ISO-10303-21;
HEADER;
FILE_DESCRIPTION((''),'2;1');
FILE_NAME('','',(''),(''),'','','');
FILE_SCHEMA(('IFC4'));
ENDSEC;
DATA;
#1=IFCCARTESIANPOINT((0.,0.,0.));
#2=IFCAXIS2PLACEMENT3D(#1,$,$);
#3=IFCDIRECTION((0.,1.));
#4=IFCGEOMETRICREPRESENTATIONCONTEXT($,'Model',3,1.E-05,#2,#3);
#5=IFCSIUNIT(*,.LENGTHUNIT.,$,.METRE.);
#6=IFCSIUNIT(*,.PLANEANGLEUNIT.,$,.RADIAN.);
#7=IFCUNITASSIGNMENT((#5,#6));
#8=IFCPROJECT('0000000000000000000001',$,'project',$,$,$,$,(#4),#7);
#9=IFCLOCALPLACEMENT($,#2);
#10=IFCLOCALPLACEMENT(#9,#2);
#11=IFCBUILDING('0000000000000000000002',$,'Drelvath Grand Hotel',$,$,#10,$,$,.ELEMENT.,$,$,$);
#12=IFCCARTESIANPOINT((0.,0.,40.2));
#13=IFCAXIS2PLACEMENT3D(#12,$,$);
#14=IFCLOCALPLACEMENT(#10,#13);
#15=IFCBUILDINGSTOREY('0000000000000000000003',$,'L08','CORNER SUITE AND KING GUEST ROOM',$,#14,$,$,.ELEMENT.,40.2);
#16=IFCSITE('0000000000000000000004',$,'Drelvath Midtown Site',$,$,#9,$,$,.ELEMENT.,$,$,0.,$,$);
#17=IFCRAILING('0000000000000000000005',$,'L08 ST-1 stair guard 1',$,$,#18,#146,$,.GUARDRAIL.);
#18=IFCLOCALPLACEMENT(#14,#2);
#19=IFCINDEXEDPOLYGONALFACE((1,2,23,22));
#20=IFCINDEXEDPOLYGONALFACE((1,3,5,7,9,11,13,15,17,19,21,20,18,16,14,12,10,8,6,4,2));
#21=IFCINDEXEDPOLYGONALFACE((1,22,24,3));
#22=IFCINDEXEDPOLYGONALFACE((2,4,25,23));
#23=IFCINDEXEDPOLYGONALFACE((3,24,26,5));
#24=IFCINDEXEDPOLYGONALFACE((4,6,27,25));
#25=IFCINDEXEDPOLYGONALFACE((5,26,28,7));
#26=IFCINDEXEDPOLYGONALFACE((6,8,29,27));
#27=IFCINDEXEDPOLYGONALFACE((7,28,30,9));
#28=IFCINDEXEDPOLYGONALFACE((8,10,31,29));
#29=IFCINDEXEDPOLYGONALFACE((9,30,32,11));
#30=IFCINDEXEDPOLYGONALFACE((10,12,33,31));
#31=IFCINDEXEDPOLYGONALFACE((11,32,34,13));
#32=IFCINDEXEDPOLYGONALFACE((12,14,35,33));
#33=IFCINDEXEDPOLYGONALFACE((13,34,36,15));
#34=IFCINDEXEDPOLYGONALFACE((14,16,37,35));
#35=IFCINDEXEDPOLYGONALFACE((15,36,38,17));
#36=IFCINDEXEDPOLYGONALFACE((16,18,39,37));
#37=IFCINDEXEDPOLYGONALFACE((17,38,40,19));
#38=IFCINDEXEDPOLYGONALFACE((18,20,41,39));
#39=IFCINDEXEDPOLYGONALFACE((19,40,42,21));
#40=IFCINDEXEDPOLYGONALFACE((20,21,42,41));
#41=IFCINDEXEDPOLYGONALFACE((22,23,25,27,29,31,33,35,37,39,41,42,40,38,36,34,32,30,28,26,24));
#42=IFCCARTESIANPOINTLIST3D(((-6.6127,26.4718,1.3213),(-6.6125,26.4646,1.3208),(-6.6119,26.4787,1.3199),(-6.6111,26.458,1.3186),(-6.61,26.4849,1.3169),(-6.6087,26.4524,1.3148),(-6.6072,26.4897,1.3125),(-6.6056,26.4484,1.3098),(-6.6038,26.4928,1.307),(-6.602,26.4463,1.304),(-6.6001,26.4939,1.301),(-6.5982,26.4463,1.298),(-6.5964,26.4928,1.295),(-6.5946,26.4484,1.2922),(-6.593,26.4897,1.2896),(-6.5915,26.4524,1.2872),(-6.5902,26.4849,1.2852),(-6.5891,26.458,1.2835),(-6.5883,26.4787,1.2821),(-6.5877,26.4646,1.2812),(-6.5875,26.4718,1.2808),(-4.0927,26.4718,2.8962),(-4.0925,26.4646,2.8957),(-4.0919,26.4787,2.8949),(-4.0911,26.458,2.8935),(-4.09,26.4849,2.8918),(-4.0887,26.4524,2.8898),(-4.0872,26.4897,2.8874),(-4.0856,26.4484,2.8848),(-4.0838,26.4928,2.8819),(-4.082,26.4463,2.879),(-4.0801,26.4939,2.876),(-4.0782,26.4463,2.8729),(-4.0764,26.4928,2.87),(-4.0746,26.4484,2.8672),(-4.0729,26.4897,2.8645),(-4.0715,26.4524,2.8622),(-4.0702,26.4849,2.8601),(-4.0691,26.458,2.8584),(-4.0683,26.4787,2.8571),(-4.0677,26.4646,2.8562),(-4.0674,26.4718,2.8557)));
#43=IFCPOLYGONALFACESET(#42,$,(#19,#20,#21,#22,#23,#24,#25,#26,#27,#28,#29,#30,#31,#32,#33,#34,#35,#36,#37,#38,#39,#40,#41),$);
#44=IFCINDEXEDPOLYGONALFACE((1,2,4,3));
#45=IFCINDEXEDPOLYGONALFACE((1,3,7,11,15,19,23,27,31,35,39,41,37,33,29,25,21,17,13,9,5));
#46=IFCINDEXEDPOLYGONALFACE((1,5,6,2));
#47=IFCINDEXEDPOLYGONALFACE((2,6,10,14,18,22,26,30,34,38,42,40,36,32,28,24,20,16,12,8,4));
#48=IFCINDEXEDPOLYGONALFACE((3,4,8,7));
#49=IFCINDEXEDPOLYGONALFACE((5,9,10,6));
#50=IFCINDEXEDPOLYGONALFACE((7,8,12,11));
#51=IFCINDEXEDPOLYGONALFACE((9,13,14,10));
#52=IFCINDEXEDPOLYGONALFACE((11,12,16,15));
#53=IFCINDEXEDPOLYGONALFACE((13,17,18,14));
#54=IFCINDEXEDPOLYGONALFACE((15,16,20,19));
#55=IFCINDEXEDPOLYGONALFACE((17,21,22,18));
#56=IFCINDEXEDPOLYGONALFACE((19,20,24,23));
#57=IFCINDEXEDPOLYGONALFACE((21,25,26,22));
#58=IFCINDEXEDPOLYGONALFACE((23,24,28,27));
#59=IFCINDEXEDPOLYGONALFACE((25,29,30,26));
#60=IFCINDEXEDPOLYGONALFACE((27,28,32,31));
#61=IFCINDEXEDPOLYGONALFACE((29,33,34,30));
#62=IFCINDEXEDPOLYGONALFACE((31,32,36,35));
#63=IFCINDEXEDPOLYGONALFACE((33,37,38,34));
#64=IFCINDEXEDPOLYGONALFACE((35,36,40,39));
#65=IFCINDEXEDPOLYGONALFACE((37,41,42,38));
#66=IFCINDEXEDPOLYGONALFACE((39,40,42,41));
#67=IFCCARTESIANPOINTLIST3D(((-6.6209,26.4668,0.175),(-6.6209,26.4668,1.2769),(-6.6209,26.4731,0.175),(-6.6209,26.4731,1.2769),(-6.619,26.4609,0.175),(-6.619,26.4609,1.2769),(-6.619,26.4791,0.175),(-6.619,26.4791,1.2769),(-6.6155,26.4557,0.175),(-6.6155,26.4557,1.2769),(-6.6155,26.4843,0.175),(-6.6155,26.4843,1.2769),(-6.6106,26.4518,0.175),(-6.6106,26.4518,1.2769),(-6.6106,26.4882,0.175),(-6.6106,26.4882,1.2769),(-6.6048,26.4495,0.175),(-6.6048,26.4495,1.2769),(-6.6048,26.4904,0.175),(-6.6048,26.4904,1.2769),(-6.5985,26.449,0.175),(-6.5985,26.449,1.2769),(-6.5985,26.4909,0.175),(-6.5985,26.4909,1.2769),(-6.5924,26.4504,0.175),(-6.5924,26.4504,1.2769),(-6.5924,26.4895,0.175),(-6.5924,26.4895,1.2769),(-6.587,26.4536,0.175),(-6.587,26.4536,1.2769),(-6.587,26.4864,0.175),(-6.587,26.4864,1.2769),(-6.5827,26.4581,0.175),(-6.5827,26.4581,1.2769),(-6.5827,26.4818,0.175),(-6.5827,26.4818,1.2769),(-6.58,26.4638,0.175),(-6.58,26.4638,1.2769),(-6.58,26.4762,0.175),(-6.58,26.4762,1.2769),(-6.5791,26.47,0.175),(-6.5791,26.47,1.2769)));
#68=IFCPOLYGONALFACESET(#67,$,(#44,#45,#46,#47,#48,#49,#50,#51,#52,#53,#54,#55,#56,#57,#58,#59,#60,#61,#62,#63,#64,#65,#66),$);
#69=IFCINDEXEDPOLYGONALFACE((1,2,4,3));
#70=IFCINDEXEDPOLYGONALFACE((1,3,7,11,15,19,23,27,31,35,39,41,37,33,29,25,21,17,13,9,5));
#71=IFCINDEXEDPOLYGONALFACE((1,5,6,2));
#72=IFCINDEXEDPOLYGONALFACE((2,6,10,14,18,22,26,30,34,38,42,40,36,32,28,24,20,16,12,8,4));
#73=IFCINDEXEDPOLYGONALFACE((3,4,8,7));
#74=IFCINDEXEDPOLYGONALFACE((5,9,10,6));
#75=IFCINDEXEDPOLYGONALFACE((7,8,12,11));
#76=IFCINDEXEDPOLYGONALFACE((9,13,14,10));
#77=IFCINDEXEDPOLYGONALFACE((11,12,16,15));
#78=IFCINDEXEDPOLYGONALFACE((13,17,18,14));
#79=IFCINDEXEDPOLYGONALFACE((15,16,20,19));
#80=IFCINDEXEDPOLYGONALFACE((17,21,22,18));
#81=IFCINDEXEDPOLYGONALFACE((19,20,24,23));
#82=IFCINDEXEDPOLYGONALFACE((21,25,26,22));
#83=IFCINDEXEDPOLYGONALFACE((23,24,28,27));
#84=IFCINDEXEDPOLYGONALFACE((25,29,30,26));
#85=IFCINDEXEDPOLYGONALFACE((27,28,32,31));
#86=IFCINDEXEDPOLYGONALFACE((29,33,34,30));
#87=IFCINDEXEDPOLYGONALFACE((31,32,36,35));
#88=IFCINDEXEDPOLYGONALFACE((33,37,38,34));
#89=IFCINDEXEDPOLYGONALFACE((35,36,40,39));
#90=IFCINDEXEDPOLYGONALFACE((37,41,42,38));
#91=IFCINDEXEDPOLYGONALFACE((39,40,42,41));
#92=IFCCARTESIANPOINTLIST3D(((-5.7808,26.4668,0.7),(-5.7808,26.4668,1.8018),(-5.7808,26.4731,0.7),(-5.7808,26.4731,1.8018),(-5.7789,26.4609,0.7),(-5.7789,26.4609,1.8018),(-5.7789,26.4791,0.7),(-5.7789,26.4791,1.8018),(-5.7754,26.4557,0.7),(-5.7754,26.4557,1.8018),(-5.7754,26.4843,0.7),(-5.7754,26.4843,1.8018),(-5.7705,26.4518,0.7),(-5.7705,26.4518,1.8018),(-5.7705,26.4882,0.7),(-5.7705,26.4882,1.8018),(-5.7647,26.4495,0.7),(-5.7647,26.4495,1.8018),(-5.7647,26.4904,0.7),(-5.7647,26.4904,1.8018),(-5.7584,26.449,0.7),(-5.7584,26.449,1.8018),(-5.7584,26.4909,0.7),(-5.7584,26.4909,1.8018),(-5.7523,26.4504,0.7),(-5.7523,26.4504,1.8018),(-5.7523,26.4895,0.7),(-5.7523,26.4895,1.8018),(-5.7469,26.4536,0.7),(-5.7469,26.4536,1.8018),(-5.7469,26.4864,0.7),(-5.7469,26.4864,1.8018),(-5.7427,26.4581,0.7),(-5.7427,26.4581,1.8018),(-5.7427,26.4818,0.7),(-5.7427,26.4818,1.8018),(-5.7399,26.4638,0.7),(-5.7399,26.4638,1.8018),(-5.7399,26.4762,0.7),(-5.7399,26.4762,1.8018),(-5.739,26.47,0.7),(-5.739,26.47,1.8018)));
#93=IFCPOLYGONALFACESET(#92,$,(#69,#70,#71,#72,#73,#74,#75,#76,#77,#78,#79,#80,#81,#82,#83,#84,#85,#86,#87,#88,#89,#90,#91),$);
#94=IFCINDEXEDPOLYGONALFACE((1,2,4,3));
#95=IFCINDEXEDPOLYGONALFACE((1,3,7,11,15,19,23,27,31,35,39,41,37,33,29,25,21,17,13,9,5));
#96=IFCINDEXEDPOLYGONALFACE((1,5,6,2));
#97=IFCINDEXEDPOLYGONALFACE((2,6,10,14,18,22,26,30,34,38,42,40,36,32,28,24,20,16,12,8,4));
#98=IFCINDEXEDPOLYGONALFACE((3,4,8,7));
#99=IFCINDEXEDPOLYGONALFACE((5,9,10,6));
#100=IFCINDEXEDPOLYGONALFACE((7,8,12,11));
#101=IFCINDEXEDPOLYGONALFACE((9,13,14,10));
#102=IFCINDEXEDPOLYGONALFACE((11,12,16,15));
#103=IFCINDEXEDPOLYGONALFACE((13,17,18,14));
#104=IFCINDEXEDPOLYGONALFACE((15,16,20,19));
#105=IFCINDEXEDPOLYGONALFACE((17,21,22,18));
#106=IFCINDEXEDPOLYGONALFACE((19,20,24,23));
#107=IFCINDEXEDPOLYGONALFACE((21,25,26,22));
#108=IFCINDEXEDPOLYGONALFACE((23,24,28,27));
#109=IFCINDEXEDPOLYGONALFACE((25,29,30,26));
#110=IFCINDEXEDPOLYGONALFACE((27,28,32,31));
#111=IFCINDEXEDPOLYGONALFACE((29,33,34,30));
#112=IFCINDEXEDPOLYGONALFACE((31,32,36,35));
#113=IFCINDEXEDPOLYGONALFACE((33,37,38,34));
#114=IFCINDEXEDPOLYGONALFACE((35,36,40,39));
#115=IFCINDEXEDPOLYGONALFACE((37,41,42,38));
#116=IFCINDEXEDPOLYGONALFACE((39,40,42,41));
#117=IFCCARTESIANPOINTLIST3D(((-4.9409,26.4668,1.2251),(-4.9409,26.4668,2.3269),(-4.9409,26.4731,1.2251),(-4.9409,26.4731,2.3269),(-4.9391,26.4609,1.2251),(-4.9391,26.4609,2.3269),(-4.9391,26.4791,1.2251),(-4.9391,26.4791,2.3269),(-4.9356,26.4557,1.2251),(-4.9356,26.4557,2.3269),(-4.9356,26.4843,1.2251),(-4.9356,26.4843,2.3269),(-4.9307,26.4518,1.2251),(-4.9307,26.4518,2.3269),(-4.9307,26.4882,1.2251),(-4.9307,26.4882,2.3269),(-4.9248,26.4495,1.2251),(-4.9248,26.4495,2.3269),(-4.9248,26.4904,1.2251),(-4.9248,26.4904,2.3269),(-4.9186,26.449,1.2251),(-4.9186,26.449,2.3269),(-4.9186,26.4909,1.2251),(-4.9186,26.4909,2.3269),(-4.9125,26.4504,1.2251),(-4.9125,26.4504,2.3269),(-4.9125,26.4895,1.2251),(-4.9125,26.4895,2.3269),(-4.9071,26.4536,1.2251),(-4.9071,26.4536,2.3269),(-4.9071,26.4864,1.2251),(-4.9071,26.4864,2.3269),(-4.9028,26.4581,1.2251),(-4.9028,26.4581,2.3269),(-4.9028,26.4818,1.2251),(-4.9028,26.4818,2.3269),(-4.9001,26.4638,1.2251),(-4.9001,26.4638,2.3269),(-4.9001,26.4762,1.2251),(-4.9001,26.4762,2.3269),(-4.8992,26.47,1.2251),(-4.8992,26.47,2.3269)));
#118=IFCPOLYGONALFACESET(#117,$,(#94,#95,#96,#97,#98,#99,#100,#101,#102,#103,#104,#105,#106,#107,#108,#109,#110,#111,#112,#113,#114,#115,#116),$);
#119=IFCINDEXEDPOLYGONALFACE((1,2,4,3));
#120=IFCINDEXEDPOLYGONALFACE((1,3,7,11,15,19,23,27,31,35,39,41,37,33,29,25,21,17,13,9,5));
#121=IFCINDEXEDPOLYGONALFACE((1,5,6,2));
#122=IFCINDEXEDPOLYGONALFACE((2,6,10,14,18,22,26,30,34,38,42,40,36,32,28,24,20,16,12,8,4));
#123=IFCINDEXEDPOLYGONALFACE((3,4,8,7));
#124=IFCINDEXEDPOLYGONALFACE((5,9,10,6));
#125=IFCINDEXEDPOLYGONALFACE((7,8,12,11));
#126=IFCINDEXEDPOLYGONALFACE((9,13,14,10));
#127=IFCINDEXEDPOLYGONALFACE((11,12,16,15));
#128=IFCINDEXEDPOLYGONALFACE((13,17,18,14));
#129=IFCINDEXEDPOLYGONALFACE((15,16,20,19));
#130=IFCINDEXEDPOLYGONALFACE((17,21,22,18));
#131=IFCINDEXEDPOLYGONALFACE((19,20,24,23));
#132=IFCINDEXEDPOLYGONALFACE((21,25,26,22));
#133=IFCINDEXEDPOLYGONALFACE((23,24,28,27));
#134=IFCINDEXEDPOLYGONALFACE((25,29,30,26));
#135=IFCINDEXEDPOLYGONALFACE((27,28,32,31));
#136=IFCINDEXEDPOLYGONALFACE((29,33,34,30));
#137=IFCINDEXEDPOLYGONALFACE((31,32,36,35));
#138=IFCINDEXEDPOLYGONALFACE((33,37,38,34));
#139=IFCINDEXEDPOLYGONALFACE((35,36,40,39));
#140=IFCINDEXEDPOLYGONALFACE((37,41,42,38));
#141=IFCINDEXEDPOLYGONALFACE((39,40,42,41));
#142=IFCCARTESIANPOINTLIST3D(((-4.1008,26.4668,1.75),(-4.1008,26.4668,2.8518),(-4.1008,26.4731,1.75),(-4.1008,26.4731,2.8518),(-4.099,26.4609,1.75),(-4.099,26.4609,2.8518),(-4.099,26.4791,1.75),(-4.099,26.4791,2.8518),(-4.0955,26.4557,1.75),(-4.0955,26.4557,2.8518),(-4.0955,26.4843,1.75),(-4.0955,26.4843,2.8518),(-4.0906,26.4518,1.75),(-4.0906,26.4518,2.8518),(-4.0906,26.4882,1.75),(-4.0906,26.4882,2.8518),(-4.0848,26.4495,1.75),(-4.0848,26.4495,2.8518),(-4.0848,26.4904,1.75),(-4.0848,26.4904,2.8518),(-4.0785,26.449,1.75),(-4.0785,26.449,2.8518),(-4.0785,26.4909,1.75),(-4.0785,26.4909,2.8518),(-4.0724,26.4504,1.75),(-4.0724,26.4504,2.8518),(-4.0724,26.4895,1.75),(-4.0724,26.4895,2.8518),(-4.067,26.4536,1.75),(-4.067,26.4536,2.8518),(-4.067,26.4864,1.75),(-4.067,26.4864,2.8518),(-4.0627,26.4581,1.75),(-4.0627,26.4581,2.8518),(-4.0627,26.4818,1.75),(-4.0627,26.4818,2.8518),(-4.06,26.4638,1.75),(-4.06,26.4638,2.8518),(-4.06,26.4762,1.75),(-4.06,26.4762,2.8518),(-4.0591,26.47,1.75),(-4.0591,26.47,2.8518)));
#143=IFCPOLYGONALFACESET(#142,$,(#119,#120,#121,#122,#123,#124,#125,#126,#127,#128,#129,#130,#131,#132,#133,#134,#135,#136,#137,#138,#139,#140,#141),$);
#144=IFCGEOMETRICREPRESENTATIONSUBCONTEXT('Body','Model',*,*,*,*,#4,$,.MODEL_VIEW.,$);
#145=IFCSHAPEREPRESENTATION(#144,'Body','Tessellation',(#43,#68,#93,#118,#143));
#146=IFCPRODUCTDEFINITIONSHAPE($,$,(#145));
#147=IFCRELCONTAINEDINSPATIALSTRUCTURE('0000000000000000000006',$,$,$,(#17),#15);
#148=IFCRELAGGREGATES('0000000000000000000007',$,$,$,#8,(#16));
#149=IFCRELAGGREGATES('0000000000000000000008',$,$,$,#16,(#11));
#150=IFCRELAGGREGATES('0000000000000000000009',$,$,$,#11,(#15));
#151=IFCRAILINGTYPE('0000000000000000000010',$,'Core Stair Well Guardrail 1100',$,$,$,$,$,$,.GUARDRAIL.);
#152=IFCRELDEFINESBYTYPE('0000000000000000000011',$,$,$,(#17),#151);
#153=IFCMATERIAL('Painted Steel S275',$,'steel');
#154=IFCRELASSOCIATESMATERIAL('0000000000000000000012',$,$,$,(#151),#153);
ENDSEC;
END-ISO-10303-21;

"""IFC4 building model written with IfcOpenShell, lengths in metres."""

from ifc_helpers import new_model, si_unit, direction, frame, origin, origin_2d, place, context, subcontext, project, spatial, circle, extrude, material, type_object, element, save


model = new_model("IFC4")

# Units and contexts
model_context = context("Model", 3, precision=1e-05, world=origin(), true_north=direction((0.0, 1.0)))
body_context = subcontext(model_context, "Body", "Model", "MODEL_VIEW")
ifc_project = project(units=[si_unit("LENGTHUNIT", "METRE"), si_unit("PLANEANGLEUNIT", "RADIAN")], contexts=[model_context])

# Site, building, storey
site_placement = place(None, origin())
site = spatial("IfcSite", under=ifc_project, at=site_placement, Name="Drelvath Midtown Site", CompositionType="ELEMENT", RefElevation=0.0)
building_placement = place(site_placement, origin())
building = spatial("IfcBuilding", under=site, at=building_placement, Name="Drelvath Grand Hotel", CompositionType="ELEMENT")
storey_placement = place(building_placement, frame((0.0, 0.0, 40.2)))
storey = spatial("IfcBuildingStorey", under=building, at=storey_placement, Name="L08", Description="CORNER SUITE AND KING GUEST ROOM", CompositionType="ELEMENT", Elevation=40.2)

# Shared definitions
ifc_material_1 = material(Name="Painted Steel S275", Category="steel")

# Railing
railing_type_1 = type_object("IfcRailingType", Name="Core Stair Well Guardrail 1100", PredefinedType="GUARDRAIL", material=ifc_material_1)
railing_1_placement = place(storey_placement, frame((-6.6001, 26.47, 0.175)))
element("IfcRailing", 1, at=railing_1_placement, inside=storey, type_object=railing_type_1, Name="L08 ST-1 stair guard 1", PredefinedType="GUARDRAIL", context=body_context, shape_type="SweptSolid", body=[
    extrude(circle(Radius=0.0239, at=origin_2d()), frame((0.0, 0.0, 1.126), z_axis=(0.848008, 0.0, 0.529984), x_axis=(0.0, 1.0, 0.0)), (0.0, 0.0, 1.0), 2.9717),
    extrude(circle(Radius=0.021, at=origin_2d()), origin(), (0.0, 0.0, 1.0), 1.1018),
    extrude(circle(Radius=0.021, at=origin_2d()), frame((0.8401, 0.0, 0.5249)), (0.0, 0.0, 1.0), 1.1018),
    extrude(circle(Radius=0.021, at=origin_2d()), frame((1.6799, 0.0, 1.05)), (0.0, 0.0, 1.0), 1.1018),
    extrude(circle(Radius=0.021, at=origin_2d()), frame((2.52, 0.0, 1.575)), (0.0, 0.0, 1.0), 1.1018),
])

save(model, "model.ifc")
